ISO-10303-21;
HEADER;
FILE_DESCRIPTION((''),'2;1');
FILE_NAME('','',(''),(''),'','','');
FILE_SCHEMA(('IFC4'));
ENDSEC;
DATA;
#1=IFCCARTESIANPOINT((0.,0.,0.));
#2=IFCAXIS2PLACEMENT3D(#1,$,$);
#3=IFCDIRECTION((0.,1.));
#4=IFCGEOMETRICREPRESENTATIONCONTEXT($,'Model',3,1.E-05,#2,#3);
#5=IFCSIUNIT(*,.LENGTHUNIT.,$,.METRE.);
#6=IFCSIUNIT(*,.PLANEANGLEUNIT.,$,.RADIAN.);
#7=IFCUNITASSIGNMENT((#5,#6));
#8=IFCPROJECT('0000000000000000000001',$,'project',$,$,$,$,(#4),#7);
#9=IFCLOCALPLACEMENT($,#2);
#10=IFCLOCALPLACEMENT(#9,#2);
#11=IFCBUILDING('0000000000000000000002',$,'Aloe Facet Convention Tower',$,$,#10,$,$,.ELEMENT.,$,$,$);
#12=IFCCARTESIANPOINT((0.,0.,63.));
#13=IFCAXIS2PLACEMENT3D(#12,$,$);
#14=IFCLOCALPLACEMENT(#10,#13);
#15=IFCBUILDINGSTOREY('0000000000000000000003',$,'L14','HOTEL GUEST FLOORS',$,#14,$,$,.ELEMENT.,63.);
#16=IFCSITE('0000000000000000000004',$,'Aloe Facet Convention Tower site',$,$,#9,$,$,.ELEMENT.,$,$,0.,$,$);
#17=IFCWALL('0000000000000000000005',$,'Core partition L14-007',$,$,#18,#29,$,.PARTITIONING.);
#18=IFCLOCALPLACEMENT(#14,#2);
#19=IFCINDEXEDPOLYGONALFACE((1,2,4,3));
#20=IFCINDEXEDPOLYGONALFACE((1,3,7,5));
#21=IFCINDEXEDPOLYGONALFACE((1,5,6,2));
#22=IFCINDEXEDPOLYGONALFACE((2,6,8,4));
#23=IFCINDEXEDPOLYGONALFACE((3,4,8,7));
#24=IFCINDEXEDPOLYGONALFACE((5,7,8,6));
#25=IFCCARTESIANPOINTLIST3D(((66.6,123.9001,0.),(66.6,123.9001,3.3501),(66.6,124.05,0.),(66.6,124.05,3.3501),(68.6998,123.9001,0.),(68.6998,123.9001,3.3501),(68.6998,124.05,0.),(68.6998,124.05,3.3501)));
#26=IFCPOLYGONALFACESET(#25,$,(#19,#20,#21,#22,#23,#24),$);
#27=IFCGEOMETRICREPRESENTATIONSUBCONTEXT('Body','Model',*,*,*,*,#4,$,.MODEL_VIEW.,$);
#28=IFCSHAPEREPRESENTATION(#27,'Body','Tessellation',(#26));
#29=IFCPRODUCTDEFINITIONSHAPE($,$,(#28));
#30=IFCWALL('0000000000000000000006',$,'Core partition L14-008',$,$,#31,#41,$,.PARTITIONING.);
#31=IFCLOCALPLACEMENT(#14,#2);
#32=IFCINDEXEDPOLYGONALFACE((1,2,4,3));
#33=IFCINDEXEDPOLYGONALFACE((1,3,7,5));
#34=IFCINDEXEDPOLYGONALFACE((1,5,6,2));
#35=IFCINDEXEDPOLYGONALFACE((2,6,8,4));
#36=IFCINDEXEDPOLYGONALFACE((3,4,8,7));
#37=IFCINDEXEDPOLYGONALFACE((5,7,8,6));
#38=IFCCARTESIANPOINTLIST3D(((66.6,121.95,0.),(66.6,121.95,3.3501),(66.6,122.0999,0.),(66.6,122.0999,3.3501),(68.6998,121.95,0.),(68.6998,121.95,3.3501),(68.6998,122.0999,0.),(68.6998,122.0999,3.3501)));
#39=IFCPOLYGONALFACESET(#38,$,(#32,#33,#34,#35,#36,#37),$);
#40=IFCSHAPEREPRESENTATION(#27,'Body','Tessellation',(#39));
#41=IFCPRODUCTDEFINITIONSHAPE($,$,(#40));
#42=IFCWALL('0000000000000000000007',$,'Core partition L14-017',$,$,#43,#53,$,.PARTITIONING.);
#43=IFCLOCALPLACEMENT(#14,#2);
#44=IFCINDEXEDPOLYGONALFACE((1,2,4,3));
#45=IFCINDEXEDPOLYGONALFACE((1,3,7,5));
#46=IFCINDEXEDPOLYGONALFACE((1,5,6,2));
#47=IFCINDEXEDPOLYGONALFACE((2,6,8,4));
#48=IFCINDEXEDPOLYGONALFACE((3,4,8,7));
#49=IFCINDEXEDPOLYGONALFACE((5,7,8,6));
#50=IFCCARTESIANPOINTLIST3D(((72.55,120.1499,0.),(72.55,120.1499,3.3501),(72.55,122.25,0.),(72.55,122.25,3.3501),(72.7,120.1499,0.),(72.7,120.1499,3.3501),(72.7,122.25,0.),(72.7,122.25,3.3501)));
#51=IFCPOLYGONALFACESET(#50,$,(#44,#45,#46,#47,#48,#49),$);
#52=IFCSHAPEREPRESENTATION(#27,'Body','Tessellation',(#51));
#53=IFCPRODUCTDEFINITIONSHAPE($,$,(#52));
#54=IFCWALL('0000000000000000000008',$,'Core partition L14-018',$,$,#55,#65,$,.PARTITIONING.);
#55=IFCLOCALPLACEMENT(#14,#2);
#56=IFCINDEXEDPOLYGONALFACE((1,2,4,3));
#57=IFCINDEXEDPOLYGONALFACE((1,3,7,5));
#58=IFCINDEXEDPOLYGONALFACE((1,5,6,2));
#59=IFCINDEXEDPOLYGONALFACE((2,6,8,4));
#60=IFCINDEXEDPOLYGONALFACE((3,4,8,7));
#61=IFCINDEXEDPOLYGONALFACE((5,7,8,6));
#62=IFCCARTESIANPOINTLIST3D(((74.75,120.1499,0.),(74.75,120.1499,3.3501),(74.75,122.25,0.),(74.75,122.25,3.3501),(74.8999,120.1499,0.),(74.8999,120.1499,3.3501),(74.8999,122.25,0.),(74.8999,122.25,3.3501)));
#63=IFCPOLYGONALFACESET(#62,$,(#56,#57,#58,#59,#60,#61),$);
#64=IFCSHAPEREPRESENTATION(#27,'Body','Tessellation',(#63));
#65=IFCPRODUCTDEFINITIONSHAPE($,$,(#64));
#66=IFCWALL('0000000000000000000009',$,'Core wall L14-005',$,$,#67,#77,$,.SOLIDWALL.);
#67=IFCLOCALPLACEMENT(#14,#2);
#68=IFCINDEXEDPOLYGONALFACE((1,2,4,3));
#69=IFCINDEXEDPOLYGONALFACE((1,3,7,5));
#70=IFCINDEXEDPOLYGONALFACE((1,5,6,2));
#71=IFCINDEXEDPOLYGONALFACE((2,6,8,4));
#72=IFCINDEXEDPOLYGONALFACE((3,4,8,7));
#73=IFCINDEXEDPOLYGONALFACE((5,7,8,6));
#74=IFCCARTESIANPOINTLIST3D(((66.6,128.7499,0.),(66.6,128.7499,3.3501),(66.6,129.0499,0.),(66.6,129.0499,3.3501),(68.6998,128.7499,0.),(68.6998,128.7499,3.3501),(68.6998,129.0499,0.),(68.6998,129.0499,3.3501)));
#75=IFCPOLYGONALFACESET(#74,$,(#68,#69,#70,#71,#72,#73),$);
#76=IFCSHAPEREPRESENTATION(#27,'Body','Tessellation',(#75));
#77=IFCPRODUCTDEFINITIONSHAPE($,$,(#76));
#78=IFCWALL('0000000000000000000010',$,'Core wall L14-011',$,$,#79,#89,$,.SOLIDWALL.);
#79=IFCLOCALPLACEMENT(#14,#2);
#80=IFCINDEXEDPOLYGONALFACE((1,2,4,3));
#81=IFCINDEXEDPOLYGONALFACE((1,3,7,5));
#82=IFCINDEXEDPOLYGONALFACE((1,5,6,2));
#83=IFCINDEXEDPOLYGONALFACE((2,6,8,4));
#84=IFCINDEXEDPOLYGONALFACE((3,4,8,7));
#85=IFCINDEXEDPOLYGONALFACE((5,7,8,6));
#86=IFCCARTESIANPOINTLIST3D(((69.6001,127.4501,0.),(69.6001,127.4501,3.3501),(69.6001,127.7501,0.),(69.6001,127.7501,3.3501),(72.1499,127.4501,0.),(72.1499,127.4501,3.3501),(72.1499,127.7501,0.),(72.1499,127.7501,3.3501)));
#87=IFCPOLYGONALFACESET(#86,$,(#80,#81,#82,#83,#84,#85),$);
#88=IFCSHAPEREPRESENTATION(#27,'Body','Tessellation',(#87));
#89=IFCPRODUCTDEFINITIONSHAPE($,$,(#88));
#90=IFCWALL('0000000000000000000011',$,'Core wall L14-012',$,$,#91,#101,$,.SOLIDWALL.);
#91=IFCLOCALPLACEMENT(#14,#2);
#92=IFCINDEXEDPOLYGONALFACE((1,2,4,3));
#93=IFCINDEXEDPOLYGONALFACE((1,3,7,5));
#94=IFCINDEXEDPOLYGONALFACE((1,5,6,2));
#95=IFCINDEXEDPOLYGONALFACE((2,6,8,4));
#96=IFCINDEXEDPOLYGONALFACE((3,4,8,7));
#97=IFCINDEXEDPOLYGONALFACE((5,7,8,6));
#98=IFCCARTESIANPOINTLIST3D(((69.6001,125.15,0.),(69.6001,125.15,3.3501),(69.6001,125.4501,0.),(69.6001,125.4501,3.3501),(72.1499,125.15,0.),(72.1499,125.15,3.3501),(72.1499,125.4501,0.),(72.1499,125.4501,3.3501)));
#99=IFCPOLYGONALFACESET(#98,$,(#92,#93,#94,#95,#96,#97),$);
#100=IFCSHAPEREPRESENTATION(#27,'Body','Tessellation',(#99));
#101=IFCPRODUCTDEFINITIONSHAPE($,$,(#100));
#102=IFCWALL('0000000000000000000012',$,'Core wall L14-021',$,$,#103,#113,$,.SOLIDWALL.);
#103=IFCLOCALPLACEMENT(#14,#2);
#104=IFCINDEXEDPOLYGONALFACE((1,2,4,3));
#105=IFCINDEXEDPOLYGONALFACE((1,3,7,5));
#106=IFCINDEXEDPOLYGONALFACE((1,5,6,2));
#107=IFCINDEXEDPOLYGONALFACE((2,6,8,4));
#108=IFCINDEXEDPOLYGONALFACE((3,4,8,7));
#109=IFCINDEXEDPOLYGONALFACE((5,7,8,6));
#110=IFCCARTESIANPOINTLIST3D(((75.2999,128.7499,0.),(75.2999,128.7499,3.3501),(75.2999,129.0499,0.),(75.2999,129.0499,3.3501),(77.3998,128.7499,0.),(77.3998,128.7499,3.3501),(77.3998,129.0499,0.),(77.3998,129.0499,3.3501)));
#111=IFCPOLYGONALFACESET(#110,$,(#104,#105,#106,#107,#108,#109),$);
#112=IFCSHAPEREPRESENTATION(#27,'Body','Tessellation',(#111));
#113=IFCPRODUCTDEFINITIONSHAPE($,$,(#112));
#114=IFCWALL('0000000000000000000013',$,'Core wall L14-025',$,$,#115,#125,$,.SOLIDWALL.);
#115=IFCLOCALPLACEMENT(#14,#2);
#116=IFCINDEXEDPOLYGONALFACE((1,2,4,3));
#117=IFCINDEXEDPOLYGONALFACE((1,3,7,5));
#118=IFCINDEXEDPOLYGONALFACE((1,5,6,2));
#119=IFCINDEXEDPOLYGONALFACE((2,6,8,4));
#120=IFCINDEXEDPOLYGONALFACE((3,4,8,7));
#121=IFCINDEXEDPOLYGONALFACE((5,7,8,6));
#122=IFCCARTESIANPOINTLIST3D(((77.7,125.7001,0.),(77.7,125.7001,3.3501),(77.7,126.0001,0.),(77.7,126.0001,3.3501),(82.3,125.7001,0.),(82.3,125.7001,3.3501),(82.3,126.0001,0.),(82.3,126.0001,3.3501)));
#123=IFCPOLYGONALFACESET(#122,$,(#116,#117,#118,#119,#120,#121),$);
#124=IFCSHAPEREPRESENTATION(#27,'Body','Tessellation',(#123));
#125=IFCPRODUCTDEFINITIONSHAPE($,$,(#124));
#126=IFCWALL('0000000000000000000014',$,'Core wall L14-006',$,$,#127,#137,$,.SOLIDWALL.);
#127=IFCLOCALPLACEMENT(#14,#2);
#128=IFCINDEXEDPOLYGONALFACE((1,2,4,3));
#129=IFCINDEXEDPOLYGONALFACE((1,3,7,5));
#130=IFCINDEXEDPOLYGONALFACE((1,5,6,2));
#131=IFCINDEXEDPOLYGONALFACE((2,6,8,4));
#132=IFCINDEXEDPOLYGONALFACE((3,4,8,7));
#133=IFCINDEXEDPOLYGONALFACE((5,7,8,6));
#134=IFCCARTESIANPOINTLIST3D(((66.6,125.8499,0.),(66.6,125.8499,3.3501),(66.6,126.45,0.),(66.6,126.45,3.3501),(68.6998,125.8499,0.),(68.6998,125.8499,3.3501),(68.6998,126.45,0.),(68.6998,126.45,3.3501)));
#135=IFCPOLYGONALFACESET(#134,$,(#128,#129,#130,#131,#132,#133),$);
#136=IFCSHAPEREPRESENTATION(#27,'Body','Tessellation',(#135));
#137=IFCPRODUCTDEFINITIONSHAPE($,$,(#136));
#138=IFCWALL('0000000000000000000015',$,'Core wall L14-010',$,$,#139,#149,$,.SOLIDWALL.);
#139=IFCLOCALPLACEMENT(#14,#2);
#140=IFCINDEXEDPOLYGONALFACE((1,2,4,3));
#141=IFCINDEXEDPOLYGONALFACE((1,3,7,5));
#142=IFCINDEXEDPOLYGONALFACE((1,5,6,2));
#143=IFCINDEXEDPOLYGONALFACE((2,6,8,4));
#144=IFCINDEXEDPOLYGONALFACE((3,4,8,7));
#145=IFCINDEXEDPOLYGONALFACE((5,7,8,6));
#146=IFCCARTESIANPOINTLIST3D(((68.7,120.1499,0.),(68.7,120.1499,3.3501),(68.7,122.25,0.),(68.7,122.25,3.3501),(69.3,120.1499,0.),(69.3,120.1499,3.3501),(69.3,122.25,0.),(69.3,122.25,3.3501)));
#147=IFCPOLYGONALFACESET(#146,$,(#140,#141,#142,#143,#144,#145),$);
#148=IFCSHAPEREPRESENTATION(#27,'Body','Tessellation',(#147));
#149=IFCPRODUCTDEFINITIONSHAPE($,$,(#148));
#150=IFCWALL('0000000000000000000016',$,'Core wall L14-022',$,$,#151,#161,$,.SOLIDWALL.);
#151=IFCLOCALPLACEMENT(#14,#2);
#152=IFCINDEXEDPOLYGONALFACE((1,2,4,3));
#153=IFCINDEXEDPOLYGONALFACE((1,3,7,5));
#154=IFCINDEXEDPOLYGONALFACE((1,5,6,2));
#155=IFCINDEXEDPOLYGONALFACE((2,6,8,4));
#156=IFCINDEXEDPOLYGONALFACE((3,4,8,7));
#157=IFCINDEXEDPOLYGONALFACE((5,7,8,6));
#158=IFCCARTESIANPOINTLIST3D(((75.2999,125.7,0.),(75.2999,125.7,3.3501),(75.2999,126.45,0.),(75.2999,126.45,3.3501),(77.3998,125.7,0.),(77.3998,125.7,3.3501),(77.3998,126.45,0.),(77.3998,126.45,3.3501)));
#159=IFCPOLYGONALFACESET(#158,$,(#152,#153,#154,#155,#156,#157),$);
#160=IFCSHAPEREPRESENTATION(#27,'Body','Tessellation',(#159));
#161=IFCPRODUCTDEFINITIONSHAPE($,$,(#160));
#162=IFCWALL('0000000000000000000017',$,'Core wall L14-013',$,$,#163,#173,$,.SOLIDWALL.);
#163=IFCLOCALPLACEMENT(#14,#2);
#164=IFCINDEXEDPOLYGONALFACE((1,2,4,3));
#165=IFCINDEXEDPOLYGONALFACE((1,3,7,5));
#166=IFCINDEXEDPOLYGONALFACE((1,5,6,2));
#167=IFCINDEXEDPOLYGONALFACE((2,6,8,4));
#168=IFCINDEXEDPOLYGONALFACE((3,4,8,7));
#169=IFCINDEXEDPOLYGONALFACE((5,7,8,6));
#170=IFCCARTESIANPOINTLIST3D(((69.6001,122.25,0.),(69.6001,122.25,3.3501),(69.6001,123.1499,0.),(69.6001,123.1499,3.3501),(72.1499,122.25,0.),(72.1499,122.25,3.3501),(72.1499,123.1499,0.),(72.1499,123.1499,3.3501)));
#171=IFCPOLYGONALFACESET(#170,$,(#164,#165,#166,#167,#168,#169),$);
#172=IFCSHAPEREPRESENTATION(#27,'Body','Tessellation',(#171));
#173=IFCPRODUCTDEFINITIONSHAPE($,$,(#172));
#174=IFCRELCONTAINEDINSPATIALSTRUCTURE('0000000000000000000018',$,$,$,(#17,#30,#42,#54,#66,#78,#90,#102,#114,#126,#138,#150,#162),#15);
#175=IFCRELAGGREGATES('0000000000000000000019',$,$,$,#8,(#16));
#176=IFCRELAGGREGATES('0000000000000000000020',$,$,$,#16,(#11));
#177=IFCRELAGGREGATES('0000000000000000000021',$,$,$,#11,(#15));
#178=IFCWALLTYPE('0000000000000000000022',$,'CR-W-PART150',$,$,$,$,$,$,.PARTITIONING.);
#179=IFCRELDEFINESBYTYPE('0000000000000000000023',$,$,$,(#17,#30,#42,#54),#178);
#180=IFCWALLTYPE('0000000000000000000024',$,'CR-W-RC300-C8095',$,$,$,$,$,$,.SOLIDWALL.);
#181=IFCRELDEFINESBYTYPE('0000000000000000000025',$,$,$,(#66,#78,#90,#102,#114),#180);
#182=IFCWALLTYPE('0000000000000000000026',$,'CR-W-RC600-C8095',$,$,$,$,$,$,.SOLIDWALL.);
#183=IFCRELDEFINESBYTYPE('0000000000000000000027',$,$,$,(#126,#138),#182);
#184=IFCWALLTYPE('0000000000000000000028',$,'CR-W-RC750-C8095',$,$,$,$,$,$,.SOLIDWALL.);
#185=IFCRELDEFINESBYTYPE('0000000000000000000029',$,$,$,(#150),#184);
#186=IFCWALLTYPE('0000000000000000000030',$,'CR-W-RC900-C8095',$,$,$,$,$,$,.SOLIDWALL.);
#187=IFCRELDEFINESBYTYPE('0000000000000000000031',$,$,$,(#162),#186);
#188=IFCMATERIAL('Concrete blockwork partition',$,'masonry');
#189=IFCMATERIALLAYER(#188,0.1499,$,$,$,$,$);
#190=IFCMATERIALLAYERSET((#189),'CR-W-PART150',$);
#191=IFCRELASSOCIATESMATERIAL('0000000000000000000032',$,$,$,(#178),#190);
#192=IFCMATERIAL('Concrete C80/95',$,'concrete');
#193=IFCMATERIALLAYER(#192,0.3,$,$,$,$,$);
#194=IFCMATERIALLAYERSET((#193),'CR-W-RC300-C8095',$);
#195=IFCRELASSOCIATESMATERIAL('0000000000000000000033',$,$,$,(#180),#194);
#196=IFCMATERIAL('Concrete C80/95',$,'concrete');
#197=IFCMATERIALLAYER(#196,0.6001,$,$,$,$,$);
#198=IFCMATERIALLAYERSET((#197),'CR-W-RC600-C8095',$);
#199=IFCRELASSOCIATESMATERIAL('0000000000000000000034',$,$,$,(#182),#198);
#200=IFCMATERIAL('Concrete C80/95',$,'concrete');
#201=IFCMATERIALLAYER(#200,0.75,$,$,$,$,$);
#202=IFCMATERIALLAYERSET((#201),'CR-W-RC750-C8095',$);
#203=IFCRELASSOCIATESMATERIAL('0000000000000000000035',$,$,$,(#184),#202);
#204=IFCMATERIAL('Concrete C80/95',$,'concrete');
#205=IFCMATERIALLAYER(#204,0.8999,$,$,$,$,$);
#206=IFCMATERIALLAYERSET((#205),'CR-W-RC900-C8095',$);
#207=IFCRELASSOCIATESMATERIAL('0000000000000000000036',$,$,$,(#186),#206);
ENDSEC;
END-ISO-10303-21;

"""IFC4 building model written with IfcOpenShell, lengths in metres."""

from ifc_helpers import new_model, si_unit, direction, frame, frame_2d, origin, place, context, subcontext, project, spatial, rectangle, extrude, material, layer, layer_set, type_object, element, save


model = new_model("IFC4")

# Units and contexts
model_context = context("Model", 3, precision=1e-05, world=origin(), true_north=direction((0.0, 1.0)))
body_context = subcontext(model_context, "Body", "Model", "MODEL_VIEW")
ifc_project = project(units=[si_unit("LENGTHUNIT", "METRE"), si_unit("PLANEANGLEUNIT", "RADIAN")], contexts=[model_context])

# Site, building, storey
site_placement = place(None, origin())
site = spatial("IfcSite", under=ifc_project, at=site_placement, Name="Aloe Facet Convention Tower site", CompositionType="ELEMENT", RefElevation=0.0)
building_placement = place(site_placement, origin())
building = spatial("IfcBuilding", under=site, at=building_placement, Name="Aloe Facet Convention Tower", CompositionType="ELEMENT")
storey_placement = place(building_placement, frame((0.0, 0.0, 63.0)))
storey = spatial("IfcBuildingStorey", under=building, at=storey_placement, Name="L14", Description="HOTEL GUEST FLOORS", CompositionType="ELEMENT", Elevation=63.0)

# Walls
ifc_material_1 = material(Name="Concrete blockwork partition", Category="masonry")
ifc_layer_1 = layer(ifc_material_1, 0.1499)
ifc_layer_set_1 = layer_set([ifc_layer_1], Name="CR-W-PART150")
wall_type_1 = type_object("IfcWallType", Name="CR-W-PART150", PredefinedType="PARTITIONING", material=ifc_layer_set_1)
for number, where, z_axis, x_axis, name in (
    (1, (66.6001, 123.9751, 0.0), (0.0, 0.0, 1.0), (1.0, 0.0, 0.0), "Core partition L14-007"),
    (2, (66.6001, 122.0249, 0.0), (0.0, 0.0, 1.0), (1.0, 0.0, 0.0), "Core partition L14-008"),
):
    element("IfcWall", number, at=place(storey_placement, frame(where, z_axis=z_axis, x_axis=x_axis)), inside=storey, type_object=wall_type_1, Name=name, PredefinedType="PARTITIONING", context=body_context, shape_type="SweptSolid", body=[
        extrude(rectangle(XDim=2.0999, YDim=0.1499, at=frame_2d((1.0498, 0.0))), origin(), (0.0, 0.0, 1.0), 3.3501),
    ])
for number, where, z_axis, x_axis, name in (
    (3, (72.625, 122.25, 0.0), (0.0, 0.0, 1.0), (0.0, -1.0, 0.0), "Core partition L14-017"),
    (4, (74.825, 122.25, 0.0), (0.0, 0.0, 1.0), (0.0, -1.0, 0.0), "Core partition L14-018"),
):
    element("IfcWall", number, at=place(storey_placement, frame(where, z_axis=z_axis, x_axis=x_axis)), inside=storey, type_object=wall_type_1, Name=name, PredefinedType="PARTITIONING", context=body_context, shape_type="SweptSolid", body=[
        extrude(rectangle(XDim=2.1001, YDim=0.1499, at=frame_2d((1.05, 0.0))), origin(), (0.0, 0.0, 1.0), 3.3501),
    ])
ifc_material_2 = material(Name="Concrete C80/95", Category="concrete")
ifc_layer_2 = layer(ifc_material_2, 0.3)
ifc_layer_set_2 = layer_set([ifc_layer_2], Name="CR-W-RC300-C8095")
wall_type_2 = type_object("IfcWallType", Name="CR-W-RC300-C8095", PredefinedType="SOLIDWALL", material=ifc_layer_set_2)
wall_1_placement = place(storey_placement, frame((66.6001, 128.8999, 0.0), z_axis=(0.0, 0.0, 1.0), x_axis=(1.0, 0.0, 0.0)))
element("IfcWall", 5, at=wall_1_placement, inside=storey, type_object=wall_type_2, Name="Core wall L14-005", PredefinedType="SOLIDWALL", context=body_context, shape_type="SweptSolid", body=[
    extrude(rectangle(XDim=2.0999, YDim=0.3, at=frame_2d((1.0498, 0.0))), origin(), (0.0, 0.0, 1.0), 3.3501),
])
for number, where, z_axis, x_axis, name in (
    (6, (69.6001, 127.6001, 0.0), (0.0, 0.0, 1.0), (1.0, 0.0, 0.0), "Core wall L14-011"),
    (7, (69.6001, 125.3, 0.0), (0.0, 0.0, 1.0), (1.0, 0.0, 0.0), "Core wall L14-012"),
):
    element("IfcWall", number, at=place(storey_placement, frame(where, z_axis=z_axis, x_axis=x_axis)), inside=storey, type_object=wall_type_2, Name=name, PredefinedType="SOLIDWALL", context=body_context, shape_type="SweptSolid", body=[
        extrude(rectangle(XDim=2.5498, YDim=0.3, at=frame_2d((1.2749, 0.0))), origin(), (0.0, 0.0, 1.0), 3.3501),
    ])
wall_2_placement = place(storey_placement, frame((75.3, 128.8999, 0.0), z_axis=(0.0, 0.0, 1.0), x_axis=(1.0, 0.0, 0.0)))
element("IfcWall", 8, at=wall_2_placement, inside=storey, type_object=wall_type_2, Name="Core wall L14-021", PredefinedType="SOLIDWALL", context=body_context, shape_type="SweptSolid", body=[
    extrude(rectangle(XDim=2.0999, YDim=0.3, at=frame_2d((1.0498, 0.0))), origin(), (0.0, 0.0, 1.0), 3.3501),
])
wall_3_placement = place(storey_placement, frame((77.7, 125.8501, 0.0), z_axis=(0.0, 0.0, 1.0), x_axis=(1.0, 0.0, 0.0)))
element("IfcWall", 9, at=wall_3_placement, inside=storey, type_object=wall_type_2, Name="Core wall L14-025", PredefinedType="SOLIDWALL", context=body_context, shape_type="SweptSolid", body=[
    extrude(rectangle(XDim=4.6001, YDim=0.3, at=frame_2d((2.3, 0.0))), origin(), (0.0, 0.0, 1.0), 3.3501),
])
ifc_material_3 = material(Name="Concrete C80/95", Category="concrete")
ifc_layer_3 = layer(ifc_material_3, 0.6001)
ifc_layer_set_3 = layer_set([ifc_layer_3], Name="CR-W-RC600-C8095")
wall_type_3 = type_object("IfcWallType", Name="CR-W-RC600-C8095", PredefinedType="SOLIDWALL", material=ifc_layer_set_3)
wall_4_placement = place(storey_placement, frame((66.6001, 126.1499, 0.0), z_axis=(0.0, 0.0, 1.0), x_axis=(1.0, 0.0, 0.0)))
element("IfcWall", 10, at=wall_4_placement, inside=storey, type_object=wall_type_3, Name="Core wall L14-006", PredefinedType="SOLIDWALL", context=body_context, shape_type="SweptSolid", body=[
    extrude(rectangle(XDim=2.0999, YDim=0.6001, at=frame_2d((1.0498, 0.0))), origin(), (0.0, 0.0, 1.0), 3.3501),
])
wall_5_placement = place(storey_placement, frame((69.0, 122.25, 0.0), z_axis=(0.0, 0.0, 1.0), x_axis=(0.0, -1.0, 0.0)))
element("IfcWall", 11, at=wall_5_placement, inside=storey, type_object=wall_type_3, Name="Core wall L14-010", PredefinedType="SOLIDWALL", context=body_context, shape_type="SweptSolid", body=[
    extrude(rectangle(XDim=2.1001, YDim=0.6001, at=frame_2d((1.05, 0.0))), origin(), (0.0, 0.0, 1.0), 3.3501),
])
ifc_material_4 = material(Name="Concrete C80/95", Category="concrete")
ifc_layer_4 = layer(ifc_material_4, 0.75)
ifc_layer_set_4 = layer_set([ifc_layer_4], Name="CR-W-RC750-C8095")
wall_type_4 = type_object("IfcWallType", Name="CR-W-RC750-C8095", PredefinedType="SOLIDWALL", material=ifc_layer_set_4)
wall_6_placement = place(storey_placement, frame((75.3, 126.075, 0.0), z_axis=(0.0, 0.0, 1.0), x_axis=(1.0, 0.0, 0.0)))
element("IfcWall", 12, at=wall_6_placement, inside=storey, type_object=wall_type_4, Name="Core wall L14-022", PredefinedType="SOLIDWALL", context=body_context, shape_type="SweptSolid", body=[
    extrude(rectangle(XDim=2.0999, YDim=0.75, at=frame_2d((1.0498, 0.0))), origin(), (0.0, 0.0, 1.0), 3.3501),
])
ifc_material_5 = material(Name="Concrete C80/95", Category="concrete")
ifc_layer_5 = layer(ifc_material_5, 0.8999)
ifc_layer_set_5 = layer_set([ifc_layer_5], Name="CR-W-RC900-C8095")
wall_type_5 = type_object("IfcWallType", Name="CR-W-RC900-C8095", PredefinedType="SOLIDWALL", material=ifc_layer_set_5)
wall_7_placement = place(storey_placement, frame((69.6001, 122.7, 0.0), z_axis=(0.0, 0.0, 1.0), x_axis=(1.0, 0.0, 0.0)))
element("IfcWall", 13, at=wall_7_placement, inside=storey, type_object=wall_type_5, Name="Core wall L14-013", PredefinedType="SOLIDWALL", context=body_context, shape_type="SweptSolid", body=[
    extrude(rectangle(XDim=2.5498, YDim=0.8999, at=frame_2d((1.2749, 0.0))), origin(), (0.0, 0.0, 1.0), 3.3501),
])

save(model, "model.ifc")
